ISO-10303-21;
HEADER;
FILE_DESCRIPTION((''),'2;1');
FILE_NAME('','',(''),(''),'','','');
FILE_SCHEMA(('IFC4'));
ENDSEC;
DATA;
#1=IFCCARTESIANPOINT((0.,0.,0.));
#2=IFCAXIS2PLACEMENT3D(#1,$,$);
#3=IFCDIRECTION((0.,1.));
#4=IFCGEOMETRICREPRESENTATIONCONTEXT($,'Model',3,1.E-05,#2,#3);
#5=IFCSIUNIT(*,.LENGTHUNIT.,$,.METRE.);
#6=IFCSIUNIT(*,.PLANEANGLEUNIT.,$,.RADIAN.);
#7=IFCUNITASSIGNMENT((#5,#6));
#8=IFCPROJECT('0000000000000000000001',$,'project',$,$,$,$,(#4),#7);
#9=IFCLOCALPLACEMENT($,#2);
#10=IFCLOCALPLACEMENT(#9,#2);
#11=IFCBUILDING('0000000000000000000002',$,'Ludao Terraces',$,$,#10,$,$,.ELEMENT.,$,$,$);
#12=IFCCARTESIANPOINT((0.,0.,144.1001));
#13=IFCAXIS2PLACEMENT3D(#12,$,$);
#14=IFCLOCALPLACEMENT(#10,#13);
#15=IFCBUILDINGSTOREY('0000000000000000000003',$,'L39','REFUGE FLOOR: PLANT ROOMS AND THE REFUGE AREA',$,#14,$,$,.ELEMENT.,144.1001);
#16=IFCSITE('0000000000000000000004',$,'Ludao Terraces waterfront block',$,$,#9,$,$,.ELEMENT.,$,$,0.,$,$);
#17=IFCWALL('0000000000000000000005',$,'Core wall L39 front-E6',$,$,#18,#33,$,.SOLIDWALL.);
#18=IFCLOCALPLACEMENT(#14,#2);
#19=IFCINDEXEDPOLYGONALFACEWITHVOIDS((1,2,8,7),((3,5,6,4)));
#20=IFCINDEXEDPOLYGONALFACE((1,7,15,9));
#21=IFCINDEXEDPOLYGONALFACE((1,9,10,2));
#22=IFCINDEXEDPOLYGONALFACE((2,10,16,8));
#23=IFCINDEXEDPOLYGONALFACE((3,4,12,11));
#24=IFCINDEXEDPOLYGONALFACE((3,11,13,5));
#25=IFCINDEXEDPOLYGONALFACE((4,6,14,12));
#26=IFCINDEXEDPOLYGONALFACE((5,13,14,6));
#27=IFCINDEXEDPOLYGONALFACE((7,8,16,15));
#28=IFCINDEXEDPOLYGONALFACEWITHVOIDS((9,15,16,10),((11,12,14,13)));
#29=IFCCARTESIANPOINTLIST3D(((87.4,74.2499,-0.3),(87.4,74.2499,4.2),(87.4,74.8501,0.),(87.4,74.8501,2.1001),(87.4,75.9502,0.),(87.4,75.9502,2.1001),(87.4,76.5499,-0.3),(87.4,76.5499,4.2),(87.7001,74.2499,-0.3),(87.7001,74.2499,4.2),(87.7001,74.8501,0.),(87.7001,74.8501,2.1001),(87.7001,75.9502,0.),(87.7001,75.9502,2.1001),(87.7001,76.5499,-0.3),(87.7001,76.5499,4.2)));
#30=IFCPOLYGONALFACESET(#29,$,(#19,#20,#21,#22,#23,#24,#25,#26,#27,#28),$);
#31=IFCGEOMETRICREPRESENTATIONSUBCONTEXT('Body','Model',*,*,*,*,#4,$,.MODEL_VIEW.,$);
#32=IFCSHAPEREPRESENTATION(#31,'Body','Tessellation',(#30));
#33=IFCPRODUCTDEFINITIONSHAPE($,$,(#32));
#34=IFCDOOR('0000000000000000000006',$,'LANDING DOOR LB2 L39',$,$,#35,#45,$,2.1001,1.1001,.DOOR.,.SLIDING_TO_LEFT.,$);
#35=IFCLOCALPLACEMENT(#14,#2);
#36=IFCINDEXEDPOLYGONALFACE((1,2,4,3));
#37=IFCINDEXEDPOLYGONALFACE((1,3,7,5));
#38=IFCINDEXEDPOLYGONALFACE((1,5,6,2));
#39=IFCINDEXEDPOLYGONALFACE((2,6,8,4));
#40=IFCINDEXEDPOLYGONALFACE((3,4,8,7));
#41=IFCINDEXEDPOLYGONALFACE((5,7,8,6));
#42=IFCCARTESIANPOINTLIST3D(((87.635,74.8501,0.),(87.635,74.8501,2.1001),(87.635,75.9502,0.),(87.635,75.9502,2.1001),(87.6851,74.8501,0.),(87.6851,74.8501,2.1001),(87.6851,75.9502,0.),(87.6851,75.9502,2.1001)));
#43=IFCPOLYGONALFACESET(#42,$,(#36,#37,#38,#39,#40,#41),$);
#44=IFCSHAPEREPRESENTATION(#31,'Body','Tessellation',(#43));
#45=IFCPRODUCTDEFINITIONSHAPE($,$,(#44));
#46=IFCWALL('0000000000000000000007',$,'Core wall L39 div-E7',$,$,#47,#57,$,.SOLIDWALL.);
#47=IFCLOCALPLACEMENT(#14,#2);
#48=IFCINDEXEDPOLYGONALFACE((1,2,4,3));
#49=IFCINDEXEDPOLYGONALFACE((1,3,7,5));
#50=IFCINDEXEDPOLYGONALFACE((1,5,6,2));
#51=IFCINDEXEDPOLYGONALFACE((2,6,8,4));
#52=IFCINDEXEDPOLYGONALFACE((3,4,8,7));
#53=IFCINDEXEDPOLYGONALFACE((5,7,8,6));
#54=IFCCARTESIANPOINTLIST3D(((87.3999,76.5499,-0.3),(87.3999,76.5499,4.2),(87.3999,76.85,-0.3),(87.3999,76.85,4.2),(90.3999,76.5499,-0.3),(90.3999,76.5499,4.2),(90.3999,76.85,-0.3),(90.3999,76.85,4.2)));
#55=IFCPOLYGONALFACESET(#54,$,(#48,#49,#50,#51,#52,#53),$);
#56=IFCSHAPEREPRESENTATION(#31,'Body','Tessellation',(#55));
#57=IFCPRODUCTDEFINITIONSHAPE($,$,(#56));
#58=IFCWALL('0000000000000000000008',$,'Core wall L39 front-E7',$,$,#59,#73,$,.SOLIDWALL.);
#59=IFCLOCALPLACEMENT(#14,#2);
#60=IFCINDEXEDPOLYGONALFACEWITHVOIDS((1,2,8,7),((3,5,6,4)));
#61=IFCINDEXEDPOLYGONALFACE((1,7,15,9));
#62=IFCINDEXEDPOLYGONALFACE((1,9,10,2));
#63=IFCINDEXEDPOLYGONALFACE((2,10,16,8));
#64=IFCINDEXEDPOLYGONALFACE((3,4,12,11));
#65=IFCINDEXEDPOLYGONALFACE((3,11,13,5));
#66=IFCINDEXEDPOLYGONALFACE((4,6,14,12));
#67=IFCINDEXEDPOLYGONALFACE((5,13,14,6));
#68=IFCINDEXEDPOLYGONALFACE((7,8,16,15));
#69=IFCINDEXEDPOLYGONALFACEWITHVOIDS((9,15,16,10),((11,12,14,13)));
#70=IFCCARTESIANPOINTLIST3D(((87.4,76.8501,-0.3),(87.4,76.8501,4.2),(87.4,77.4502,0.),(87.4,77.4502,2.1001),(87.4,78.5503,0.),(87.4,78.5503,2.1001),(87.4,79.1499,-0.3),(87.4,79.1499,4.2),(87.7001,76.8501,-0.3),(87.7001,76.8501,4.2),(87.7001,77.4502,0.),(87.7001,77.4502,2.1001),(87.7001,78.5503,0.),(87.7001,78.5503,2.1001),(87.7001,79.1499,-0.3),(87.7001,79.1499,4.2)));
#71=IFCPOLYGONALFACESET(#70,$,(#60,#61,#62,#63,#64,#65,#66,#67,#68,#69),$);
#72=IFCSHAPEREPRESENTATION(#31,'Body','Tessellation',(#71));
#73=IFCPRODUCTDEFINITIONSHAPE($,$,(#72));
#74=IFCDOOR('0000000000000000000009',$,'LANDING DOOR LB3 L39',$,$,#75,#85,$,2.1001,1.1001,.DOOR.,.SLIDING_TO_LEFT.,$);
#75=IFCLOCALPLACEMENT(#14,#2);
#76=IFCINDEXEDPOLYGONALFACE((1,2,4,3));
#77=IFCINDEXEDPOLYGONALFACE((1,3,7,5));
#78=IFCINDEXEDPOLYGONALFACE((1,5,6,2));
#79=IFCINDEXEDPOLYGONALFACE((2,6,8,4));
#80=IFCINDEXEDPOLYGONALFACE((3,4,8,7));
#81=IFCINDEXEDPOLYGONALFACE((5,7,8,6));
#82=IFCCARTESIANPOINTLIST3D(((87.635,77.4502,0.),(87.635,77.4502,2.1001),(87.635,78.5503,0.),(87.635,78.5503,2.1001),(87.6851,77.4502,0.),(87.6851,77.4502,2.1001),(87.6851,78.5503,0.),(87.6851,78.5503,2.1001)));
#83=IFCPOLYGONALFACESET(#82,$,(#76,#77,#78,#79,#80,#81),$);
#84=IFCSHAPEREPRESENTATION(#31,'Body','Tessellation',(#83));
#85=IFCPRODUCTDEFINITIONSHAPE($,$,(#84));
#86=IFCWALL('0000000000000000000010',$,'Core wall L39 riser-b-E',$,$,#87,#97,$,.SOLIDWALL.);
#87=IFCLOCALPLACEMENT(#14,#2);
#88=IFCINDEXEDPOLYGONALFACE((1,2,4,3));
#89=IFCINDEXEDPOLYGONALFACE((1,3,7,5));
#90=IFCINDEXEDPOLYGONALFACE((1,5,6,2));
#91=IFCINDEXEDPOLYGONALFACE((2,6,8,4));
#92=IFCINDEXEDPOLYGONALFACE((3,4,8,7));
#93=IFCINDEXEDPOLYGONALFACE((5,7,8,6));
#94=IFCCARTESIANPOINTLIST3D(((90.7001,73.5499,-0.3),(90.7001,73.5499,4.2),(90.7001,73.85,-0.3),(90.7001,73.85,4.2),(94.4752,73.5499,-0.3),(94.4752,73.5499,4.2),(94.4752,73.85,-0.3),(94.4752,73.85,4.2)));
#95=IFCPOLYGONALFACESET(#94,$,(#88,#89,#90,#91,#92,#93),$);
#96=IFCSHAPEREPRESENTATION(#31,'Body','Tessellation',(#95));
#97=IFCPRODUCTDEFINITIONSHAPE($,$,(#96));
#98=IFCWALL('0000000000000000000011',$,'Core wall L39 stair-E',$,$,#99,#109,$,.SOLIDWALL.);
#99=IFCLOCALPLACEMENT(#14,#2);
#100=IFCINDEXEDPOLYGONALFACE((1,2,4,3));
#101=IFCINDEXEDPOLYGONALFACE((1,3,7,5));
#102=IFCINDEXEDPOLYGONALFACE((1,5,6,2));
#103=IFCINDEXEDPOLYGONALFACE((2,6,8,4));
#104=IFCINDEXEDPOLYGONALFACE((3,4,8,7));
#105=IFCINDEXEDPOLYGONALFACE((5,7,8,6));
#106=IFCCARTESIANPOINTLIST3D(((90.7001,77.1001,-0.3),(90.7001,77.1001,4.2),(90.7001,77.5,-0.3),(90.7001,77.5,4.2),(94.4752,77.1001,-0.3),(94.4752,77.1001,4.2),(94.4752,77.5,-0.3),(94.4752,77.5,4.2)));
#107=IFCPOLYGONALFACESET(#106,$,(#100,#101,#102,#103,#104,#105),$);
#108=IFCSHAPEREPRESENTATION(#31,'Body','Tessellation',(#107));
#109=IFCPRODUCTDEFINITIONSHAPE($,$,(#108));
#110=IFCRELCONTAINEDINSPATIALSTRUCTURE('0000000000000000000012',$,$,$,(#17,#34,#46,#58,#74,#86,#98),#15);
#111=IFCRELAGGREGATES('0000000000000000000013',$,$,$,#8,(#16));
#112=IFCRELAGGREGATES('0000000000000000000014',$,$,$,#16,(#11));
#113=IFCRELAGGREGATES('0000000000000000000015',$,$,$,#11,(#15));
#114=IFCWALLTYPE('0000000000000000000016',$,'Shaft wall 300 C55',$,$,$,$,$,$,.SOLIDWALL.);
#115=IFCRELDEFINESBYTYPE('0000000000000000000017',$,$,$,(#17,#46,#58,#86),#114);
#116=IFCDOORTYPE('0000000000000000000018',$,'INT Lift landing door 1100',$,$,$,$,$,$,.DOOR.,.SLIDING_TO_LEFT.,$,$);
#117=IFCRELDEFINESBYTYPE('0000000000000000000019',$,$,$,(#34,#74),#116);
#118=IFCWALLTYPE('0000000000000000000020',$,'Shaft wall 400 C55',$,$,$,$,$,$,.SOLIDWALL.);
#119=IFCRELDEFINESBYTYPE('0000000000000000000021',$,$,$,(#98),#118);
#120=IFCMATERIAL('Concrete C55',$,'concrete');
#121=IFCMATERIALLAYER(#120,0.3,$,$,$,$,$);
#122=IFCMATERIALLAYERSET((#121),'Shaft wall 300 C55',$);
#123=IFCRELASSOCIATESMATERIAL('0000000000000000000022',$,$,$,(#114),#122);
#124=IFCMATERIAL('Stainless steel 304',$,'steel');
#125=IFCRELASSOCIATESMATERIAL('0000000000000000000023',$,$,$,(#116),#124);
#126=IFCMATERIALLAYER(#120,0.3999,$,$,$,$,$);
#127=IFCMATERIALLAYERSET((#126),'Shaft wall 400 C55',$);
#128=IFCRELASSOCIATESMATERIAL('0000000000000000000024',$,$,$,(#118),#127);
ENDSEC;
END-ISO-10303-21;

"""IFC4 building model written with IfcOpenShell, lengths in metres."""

from ifc_helpers import new_model, si_unit, direction, frame, frame_2d, origin, place, context, subcontext, project, spatial, rectangle, extrude, material, layer, layer_set, type_object, element, fill, save


model = new_model("IFC4")

# Units and contexts
model_context = context("Model", 3, precision=1e-05, world=origin(), true_north=direction((0.0, 1.0)))
body_context = subcontext(model_context, "Body", "Model", "MODEL_VIEW")
ifc_project = project(units=[si_unit("LENGTHUNIT", "METRE"), si_unit("PLANEANGLEUNIT", "RADIAN")], contexts=[model_context])

# Site, building, storey
site_placement = place(None, origin())
site = spatial("IfcSite", under=ifc_project, at=site_placement, Name="Ludao Terraces waterfront block", CompositionType="ELEMENT", RefElevation=0.0)
building_placement = place(site_placement, origin())
building = spatial("IfcBuilding", under=site, at=building_placement, Name="Ludao Terraces", CompositionType="ELEMENT")
storey_placement = place(building_placement, frame((0.0, 0.0, 144.1001)))
storey = spatial("IfcBuildingStorey", under=building, at=storey_placement, Name="L39", Description="REFUGE FLOOR: PLANT ROOMS AND THE REFUGE AREA", CompositionType="ELEMENT", Elevation=144.1001)

# Shared definitions
ifc_material_1 = material(Name="Concrete C55", Category="concrete")
ifc_layer_1 = layer(ifc_material_1, 0.3)
ifc_layer_set_1 = layer_set([ifc_layer_1], Name="Shaft wall 300 C55")
wall_type_1 = type_object("IfcWallType", Name="Shaft wall 300 C55", PredefinedType="SOLIDWALL", material=ifc_layer_set_1)

# Shared definitions
ifc_material_2 = material(Name="Stainless steel 304", Category="steel")
door_type_1 = type_object("IfcDoorType", Name="INT Lift landing door 1100", OperationType="SLIDING_TO_LEFT", PredefinedType="DOOR", material=ifc_material_2)

# Wall, opening, door
wall_1_placement = place(storey_placement, frame((87.55, 74.25, -0.3), z_axis=(0.0, 0.0, 1.0), x_axis=(0.0, 1.0, 0.0)))
wall_1 = element("IfcWall", 1, at=wall_1_placement, inside=storey, type_object=wall_type_1, Name="Core wall L39 front-E6", PredefinedType="SOLIDWALL", context=body_context, shape_type="SweptSolid", body=[
    extrude(rectangle(XDim=2.3, YDim=0.3, at=frame_2d((1.1499, 0.0))), origin(), (0.0, 0.0, 1.0), 4.5),
])
opening_1_placement = place(wall_1_placement, frame((0.6001, 0.0, 0.3)))
opening_1 = element("IfcOpeningElement", 2, at=opening_1_placement, cuts=wall_1, PredefinedType="OPENING", context=body_context, shape_type="SweptSolid", body=[
    extrude(rectangle(XDim=1.1001, YDim=2.1001, at=frame_2d((0.55, 1.05))), frame((0.0, 0.1602, 0.0), z_axis=(0.0, -1.0, 0.0), x_axis=(1.0, 0.0, 0.0)), (0.0, 0.0, 1.0), 0.3201),
])
door_1_placement = place(opening_1_placement, origin())
door_1 = element("IfcDoor", 3, at=door_1_placement, inside=storey, type_object=door_type_1, Name="LANDING DOOR LB2 L39", OperationType="SLIDING_TO_LEFT", OverallHeight=2.1001, OverallWidth=1.1001, PredefinedType="DOOR", context=body_context, shape_type="SweptSolid", body=[
    extrude(rectangle(XDim=1.1001, YDim=2.1001, at=frame_2d((0.55, 1.05))), frame((0.0, -0.085, 0.0), z_axis=(0.0, -1.0, 0.0), x_axis=(1.0, 0.0, 0.0)), (0.0, 0.0, 1.0), 0.05),
])
fill(opening_1, door_1)

# Wall
wall_2_placement = place(storey_placement, frame((87.3999, 76.7, -0.3), z_axis=(0.0, 0.0, 1.0), x_axis=(1.0, 0.0, 0.0)))
element("IfcWall", 4, at=wall_2_placement, inside=storey, type_object=wall_type_1, Name="Core wall L39 div-E7", PredefinedType="SOLIDWALL", context=body_context, shape_type="SweptSolid", body=[
    extrude(rectangle(XDim=3.0, YDim=0.3, at=frame_2d((1.5, 0.0))), origin(), (0.0, 0.0, 1.0), 4.5),
])

# Wall, opening, door
wall_3_placement = place(storey_placement, frame((87.55, 76.8501, -0.3), z_axis=(0.0, 0.0, 1.0), x_axis=(0.0, 1.0, 0.0)))
wall_3 = element("IfcWall", 5, at=wall_3_placement, inside=storey, type_object=wall_type_1, Name="Core wall L39 front-E7", PredefinedType="SOLIDWALL", context=body_context, shape_type="SweptSolid", body=[
    extrude(rectangle(XDim=2.2998, YDim=0.3, at=frame_2d((1.1499, 0.0))), origin(), (0.0, 0.0, 1.0), 4.5),
])
opening_2_placement = place(wall_3_placement, frame((0.6001, 0.0, 0.3)))
opening_2 = element("IfcOpeningElement", 6, at=opening_2_placement, cuts=wall_3, PredefinedType="OPENING", context=body_context, shape_type="SweptSolid", body=[
    extrude(rectangle(XDim=1.1001, YDim=2.1001, at=frame_2d((0.55, 1.05))), frame((0.0, 0.1602, 0.0), z_axis=(0.0, -1.0, 0.0), x_axis=(1.0, 0.0, 0.0)), (0.0, 0.0, 1.0), 0.3201),
])
door_2_placement = place(opening_2_placement, origin())
door_2 = element("IfcDoor", 7, at=door_2_placement, inside=storey, type_object=door_type_1, Name="LANDING DOOR LB3 L39", OperationType="SLIDING_TO_LEFT", OverallHeight=2.1001, OverallWidth=1.1001, PredefinedType="DOOR", context=body_context, shape_type="SweptSolid", body=[
    extrude(rectangle(XDim=1.1001, YDim=2.1001, at=frame_2d((0.55, 1.05))), frame((0.0, -0.085, 0.0), z_axis=(0.0, -1.0, 0.0), x_axis=(1.0, 0.0, 0.0)), (0.0, 0.0, 1.0), 0.05),
])
fill(opening_2, door_2)

# Walls
wall_4_placement = place(storey_placement, frame((90.7, 73.7, -0.3), z_axis=(0.0, 0.0, 1.0), x_axis=(1.0, 0.0, 0.0)))
element("IfcWall", 8, at=wall_4_placement, inside=storey, type_object=wall_type_1, Name="Core wall L39 riser-b-E", PredefinedType="SOLIDWALL", context=body_context, shape_type="SweptSolid", body=[
    extrude(rectangle(XDim=3.7751, YDim=0.3, at=frame_2d((1.8877, 0.0))), origin(), (0.0, 0.0, 1.0), 4.5),
])
ifc_layer_2 = layer(ifc_material_1, 0.3999)
ifc_layer_set_2 = layer_set([ifc_layer_2], Name="Shaft wall 400 C55")
wall_type_2 = type_object("IfcWallType", Name="Shaft wall 400 C55", PredefinedType="SOLIDWALL", material=ifc_layer_set_2)
wall_5_placement = place(storey_placement, frame((90.7, 77.3, -0.3), z_axis=(0.0, 0.0, 1.0), x_axis=(1.0, 0.0, 0.0)))
element("IfcWall", 9, at=wall_5_placement, inside=storey, type_object=wall_type_2, Name="Core wall L39 stair-E", PredefinedType="SOLIDWALL", context=body_context, shape_type="SweptSolid", body=[
    extrude(rectangle(XDim=3.7751, YDim=0.3999, at=frame_2d((1.8877, 0.0))), origin(), (0.0, 0.0, 1.0), 4.5),
])

save(model, "model.ifc")
